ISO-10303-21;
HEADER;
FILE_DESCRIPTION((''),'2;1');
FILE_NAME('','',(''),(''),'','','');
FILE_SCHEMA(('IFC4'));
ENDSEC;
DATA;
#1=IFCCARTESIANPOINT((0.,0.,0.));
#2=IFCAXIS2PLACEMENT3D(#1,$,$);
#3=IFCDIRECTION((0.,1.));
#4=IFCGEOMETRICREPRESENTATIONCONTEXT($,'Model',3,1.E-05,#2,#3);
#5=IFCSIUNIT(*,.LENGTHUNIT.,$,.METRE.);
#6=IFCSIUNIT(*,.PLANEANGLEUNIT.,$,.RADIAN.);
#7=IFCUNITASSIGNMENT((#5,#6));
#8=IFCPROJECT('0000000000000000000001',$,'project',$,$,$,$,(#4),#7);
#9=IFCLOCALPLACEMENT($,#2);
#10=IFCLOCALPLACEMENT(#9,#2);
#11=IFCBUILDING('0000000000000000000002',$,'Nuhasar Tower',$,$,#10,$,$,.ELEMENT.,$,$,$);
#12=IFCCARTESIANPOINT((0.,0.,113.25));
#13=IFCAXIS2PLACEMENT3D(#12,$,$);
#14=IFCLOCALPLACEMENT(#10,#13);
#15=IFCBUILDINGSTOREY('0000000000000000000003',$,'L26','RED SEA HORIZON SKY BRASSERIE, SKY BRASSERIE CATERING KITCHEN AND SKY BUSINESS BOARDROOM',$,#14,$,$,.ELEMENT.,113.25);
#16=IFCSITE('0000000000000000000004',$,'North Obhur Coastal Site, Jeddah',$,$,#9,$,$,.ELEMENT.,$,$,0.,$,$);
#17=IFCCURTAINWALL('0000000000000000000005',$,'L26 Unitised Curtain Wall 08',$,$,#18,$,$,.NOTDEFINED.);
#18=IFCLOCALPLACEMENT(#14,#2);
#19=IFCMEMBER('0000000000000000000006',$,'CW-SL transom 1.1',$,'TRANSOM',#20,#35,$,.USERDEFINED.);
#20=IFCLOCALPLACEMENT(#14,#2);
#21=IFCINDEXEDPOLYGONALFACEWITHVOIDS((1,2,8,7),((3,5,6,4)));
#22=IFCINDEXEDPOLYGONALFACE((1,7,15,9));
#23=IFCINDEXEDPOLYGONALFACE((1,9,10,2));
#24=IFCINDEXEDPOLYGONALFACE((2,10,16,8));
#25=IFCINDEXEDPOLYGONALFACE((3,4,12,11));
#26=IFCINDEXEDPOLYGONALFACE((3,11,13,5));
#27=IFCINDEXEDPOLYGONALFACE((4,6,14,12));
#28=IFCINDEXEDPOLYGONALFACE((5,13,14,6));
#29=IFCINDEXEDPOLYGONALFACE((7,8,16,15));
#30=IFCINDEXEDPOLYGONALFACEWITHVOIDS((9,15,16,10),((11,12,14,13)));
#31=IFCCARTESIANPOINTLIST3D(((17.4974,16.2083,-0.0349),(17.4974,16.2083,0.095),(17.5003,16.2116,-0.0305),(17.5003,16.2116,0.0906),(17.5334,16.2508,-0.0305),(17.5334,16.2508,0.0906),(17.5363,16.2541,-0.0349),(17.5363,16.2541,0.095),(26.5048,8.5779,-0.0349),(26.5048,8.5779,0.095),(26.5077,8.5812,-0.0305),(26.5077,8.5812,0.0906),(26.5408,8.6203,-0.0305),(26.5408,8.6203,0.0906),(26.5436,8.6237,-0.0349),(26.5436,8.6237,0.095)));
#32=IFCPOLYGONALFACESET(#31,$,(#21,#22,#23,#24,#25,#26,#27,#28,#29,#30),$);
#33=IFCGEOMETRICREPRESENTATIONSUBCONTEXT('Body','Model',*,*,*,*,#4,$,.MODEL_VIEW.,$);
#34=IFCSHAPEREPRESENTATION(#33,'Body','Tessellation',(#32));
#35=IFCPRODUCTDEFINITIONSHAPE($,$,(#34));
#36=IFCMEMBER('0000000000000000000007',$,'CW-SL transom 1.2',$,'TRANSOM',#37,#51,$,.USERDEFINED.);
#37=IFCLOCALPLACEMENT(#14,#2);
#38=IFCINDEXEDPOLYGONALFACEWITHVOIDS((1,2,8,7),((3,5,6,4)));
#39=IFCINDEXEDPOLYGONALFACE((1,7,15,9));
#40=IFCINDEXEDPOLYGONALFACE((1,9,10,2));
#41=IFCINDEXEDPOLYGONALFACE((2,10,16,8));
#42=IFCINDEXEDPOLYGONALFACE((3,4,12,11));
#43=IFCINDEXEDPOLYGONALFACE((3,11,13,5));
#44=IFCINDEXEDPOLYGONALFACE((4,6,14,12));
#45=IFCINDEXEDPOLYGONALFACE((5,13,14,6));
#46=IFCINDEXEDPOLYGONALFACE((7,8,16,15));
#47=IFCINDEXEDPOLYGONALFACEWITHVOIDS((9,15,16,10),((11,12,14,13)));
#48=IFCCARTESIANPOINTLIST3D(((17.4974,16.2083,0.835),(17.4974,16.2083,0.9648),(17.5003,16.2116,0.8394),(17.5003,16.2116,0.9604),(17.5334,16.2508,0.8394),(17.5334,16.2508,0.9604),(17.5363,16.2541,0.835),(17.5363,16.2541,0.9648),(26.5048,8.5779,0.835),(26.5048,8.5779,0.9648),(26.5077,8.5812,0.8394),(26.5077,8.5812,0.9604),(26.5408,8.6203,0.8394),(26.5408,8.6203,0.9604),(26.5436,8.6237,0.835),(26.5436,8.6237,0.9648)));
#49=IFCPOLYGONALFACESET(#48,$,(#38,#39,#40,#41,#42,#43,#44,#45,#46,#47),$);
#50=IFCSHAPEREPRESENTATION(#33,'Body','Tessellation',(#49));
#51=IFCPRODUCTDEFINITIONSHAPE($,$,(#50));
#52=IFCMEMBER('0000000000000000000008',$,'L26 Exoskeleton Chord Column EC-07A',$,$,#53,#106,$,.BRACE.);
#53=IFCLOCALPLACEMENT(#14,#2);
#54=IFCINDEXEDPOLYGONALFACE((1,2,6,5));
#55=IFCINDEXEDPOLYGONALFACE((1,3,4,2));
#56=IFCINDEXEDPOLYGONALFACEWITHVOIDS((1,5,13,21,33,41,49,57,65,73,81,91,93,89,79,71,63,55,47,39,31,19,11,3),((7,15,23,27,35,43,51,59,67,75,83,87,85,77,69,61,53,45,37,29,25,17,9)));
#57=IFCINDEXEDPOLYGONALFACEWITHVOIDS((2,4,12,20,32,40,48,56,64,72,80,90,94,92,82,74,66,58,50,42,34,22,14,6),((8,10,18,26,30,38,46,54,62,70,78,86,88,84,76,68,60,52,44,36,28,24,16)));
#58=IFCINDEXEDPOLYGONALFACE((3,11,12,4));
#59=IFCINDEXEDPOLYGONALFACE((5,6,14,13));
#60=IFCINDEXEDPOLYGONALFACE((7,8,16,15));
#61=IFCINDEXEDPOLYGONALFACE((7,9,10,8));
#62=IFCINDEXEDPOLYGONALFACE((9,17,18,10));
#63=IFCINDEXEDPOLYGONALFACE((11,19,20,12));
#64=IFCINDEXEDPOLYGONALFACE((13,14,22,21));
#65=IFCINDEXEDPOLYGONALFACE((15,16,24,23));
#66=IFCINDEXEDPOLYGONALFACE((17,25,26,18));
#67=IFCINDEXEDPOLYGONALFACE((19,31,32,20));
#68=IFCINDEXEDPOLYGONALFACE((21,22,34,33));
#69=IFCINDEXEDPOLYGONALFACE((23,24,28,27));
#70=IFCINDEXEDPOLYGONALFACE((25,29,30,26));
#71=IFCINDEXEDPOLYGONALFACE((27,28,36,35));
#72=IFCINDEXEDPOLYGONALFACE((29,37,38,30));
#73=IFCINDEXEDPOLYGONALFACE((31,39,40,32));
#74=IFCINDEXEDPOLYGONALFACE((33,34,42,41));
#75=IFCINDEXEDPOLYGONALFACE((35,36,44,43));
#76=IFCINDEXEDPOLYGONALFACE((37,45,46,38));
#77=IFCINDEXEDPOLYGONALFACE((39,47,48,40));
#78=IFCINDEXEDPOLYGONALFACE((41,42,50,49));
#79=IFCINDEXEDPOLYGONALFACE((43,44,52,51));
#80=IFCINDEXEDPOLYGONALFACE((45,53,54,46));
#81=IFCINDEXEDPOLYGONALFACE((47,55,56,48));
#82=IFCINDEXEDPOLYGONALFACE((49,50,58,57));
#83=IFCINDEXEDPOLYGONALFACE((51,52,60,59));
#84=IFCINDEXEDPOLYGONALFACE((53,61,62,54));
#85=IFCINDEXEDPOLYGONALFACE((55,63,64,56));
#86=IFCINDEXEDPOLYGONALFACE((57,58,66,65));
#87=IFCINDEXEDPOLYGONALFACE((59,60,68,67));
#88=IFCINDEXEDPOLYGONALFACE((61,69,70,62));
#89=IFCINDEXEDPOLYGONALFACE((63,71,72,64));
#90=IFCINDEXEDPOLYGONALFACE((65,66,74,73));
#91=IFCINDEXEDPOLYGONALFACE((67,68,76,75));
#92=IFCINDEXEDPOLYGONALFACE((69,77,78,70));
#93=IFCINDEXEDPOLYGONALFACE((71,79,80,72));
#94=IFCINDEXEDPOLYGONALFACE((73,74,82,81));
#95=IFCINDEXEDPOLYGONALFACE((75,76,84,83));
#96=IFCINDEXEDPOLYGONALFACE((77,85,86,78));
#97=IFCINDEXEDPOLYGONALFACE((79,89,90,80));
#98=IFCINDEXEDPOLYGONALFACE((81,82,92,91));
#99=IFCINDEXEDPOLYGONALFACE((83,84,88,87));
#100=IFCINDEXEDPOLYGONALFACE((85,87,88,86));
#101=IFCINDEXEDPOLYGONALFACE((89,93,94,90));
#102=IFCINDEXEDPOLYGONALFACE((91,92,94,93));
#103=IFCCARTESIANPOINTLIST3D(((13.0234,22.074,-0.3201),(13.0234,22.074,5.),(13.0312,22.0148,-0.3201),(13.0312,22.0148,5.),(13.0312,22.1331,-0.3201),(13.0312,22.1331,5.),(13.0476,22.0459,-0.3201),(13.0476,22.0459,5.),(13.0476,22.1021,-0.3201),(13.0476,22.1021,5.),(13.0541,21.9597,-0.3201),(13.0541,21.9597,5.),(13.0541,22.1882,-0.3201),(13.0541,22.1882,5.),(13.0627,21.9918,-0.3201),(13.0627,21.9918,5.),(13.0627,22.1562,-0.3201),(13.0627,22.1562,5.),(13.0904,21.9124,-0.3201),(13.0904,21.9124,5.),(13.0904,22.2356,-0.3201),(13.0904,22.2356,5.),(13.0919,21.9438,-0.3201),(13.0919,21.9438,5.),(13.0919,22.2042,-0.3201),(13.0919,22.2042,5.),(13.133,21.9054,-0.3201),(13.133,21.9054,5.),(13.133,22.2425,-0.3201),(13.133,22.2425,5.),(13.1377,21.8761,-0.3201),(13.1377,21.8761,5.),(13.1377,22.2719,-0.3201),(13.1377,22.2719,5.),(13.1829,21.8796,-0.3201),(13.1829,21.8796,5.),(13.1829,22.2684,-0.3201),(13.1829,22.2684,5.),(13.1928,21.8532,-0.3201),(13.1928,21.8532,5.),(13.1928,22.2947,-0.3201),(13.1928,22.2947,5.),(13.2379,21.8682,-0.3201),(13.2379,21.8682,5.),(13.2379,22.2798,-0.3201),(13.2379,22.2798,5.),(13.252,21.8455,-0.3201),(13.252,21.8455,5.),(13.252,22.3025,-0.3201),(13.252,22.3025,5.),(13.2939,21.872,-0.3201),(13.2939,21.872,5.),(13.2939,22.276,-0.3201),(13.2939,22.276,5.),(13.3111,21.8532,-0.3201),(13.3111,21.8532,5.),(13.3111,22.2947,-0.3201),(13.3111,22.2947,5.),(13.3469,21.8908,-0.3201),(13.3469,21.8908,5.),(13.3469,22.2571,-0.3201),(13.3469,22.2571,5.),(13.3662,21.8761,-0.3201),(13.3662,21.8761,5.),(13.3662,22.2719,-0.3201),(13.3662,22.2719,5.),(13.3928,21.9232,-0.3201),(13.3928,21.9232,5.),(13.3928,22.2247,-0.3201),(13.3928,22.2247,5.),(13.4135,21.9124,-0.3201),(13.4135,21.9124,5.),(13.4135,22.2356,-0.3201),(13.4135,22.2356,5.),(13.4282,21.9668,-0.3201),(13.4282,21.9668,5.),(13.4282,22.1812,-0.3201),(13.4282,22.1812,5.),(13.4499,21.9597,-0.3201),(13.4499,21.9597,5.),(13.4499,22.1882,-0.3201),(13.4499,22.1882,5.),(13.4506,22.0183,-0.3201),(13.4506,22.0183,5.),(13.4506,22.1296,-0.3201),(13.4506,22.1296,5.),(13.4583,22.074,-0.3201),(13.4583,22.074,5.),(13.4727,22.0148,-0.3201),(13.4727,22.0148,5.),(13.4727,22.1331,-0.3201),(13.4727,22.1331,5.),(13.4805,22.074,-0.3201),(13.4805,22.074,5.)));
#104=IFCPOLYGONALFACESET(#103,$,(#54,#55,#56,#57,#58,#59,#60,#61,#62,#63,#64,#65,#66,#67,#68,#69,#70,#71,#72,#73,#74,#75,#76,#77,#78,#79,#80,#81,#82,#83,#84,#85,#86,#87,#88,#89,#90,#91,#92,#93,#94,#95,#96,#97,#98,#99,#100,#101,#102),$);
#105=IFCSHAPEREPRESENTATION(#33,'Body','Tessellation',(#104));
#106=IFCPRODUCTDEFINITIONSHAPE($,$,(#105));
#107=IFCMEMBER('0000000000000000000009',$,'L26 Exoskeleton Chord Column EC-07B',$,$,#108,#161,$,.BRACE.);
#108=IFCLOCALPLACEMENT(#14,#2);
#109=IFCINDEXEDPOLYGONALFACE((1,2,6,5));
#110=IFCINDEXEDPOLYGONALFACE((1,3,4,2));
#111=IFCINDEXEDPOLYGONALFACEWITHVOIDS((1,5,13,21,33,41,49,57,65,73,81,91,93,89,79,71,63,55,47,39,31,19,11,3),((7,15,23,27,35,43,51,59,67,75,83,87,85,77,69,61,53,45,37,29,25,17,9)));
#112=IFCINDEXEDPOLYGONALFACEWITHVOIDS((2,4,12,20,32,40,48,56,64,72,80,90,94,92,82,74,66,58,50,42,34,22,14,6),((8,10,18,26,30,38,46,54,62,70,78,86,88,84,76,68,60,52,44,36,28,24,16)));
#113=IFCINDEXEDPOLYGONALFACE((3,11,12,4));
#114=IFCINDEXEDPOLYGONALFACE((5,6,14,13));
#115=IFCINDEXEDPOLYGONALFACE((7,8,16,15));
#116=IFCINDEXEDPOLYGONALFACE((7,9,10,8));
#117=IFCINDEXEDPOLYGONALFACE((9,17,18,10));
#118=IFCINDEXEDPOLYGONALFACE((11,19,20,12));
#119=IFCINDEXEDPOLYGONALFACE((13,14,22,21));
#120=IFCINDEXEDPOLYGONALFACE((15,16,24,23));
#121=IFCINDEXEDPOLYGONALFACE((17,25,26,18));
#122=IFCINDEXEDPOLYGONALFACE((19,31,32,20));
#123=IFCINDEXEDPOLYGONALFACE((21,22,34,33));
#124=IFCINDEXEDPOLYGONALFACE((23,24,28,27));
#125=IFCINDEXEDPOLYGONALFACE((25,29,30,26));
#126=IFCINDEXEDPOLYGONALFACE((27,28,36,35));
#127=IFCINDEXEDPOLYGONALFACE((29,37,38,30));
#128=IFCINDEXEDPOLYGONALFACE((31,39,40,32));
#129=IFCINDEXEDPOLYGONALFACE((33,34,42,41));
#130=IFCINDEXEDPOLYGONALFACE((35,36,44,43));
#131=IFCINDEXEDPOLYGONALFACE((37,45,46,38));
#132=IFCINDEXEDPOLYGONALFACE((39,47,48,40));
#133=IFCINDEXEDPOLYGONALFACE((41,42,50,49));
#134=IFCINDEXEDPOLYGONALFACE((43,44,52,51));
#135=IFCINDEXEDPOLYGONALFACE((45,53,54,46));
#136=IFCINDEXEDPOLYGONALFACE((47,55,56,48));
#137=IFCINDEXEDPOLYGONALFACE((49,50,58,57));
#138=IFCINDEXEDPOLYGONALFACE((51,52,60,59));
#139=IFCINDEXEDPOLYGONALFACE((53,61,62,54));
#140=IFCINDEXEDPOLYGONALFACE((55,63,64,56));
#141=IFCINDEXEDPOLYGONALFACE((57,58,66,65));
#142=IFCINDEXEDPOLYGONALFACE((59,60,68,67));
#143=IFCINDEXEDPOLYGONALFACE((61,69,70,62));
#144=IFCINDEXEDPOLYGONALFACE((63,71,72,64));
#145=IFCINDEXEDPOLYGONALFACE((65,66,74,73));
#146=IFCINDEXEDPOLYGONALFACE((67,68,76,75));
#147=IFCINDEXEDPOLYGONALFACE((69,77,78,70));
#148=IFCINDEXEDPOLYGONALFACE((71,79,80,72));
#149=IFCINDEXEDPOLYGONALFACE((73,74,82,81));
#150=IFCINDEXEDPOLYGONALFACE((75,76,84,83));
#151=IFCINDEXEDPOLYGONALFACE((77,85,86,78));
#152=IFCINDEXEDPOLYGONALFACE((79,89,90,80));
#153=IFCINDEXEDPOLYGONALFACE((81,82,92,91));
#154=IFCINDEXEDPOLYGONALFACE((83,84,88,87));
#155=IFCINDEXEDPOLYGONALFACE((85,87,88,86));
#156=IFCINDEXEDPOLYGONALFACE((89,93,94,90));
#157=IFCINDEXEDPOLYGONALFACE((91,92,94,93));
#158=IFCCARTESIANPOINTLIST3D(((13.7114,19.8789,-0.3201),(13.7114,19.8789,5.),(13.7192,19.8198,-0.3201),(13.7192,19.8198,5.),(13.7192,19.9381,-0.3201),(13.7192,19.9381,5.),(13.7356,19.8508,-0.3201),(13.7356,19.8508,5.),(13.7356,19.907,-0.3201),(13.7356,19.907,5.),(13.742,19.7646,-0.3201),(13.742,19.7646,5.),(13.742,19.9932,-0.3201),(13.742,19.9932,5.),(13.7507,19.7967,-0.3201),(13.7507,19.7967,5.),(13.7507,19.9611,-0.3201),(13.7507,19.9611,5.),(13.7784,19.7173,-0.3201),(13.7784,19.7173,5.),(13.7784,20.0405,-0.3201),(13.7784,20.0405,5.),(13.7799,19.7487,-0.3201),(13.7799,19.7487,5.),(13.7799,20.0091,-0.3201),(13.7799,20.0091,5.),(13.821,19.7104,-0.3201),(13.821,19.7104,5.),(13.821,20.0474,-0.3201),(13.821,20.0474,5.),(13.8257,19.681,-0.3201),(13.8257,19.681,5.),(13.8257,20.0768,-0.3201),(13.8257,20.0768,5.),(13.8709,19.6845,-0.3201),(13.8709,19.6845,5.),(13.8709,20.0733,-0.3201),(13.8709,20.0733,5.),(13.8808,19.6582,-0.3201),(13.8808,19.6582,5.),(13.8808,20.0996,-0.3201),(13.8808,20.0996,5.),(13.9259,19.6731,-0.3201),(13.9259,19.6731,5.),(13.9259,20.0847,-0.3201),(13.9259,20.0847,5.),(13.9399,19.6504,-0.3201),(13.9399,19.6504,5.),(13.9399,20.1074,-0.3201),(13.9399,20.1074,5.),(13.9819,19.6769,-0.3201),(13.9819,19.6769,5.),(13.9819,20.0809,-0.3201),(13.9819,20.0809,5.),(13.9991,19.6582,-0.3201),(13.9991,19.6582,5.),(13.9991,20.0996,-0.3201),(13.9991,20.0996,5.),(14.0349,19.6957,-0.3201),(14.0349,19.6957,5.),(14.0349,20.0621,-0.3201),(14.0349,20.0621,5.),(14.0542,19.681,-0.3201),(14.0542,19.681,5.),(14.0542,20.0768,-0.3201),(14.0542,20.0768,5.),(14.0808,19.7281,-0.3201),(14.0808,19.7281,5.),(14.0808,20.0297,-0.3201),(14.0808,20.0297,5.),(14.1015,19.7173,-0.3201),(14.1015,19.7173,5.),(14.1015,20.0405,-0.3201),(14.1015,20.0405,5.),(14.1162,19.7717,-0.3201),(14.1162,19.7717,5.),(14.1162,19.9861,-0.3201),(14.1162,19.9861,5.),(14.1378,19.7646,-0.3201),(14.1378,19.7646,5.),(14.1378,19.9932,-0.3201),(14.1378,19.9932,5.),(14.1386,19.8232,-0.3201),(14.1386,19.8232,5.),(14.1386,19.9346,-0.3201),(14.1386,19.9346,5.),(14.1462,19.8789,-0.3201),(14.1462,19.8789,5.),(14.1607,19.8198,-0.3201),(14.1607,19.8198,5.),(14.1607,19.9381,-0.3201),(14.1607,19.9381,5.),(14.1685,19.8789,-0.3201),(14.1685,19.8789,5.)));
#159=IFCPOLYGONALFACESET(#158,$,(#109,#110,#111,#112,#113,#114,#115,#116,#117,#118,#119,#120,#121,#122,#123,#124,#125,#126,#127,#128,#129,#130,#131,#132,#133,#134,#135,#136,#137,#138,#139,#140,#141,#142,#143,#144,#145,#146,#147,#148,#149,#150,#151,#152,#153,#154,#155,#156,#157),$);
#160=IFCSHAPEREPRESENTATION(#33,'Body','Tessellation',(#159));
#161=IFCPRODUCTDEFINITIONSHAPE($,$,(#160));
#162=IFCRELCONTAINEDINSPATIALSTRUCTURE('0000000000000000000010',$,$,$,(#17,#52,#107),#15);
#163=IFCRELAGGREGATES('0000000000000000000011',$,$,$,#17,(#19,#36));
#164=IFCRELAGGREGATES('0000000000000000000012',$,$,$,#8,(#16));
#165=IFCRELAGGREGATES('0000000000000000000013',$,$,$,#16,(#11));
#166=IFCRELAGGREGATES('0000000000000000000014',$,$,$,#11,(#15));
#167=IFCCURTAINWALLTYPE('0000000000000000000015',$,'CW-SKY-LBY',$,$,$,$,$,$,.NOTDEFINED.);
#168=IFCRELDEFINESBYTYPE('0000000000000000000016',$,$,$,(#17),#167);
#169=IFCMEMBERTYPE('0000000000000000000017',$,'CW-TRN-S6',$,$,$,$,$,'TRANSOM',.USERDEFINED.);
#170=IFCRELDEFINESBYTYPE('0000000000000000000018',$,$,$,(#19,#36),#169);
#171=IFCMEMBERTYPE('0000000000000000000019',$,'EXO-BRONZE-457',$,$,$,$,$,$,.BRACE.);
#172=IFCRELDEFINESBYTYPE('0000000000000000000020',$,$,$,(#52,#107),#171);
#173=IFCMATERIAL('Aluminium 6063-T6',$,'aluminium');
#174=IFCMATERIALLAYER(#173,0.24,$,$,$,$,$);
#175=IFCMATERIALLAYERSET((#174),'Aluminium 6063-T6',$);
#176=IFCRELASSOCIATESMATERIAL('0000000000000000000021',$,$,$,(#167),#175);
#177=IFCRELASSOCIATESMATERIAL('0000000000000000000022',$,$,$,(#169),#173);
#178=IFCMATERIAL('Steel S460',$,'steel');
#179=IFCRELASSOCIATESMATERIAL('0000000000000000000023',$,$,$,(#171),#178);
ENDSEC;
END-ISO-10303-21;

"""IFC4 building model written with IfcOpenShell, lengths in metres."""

from ifc_helpers import new_model, si_unit, direction, frame, origin, origin_2d, place, context, subcontext, project, spatial, hollow_rectangle, hollow_circle, extrude, material, layer, layer_set, material_profile, profile_set, type_object, element, aggregate, save


model = new_model("IFC4")

# Units and contexts
model_context = context("Model", 3, precision=1e-05, world=origin(), true_north=direction((0.0, 1.0)))
body_context = subcontext(model_context, "Body", "Model", "MODEL_VIEW")
ifc_project = project(units=[si_unit("LENGTHUNIT", "METRE"), si_unit("PLANEANGLEUNIT", "RADIAN")], contexts=[model_context])

# Site, building, storey
site_placement = place(None, origin())
site = spatial("IfcSite", under=ifc_project, at=site_placement, Name="North Obhur Coastal Site, Jeddah", CompositionType="ELEMENT", RefElevation=0.0)
building_placement = place(site_placement, origin())
building = spatial("IfcBuilding", under=site, at=building_placement, Name="Nuhasar Tower", CompositionType="ELEMENT")
storey_placement = place(building_placement, frame((0.0, 0.0, 113.25)))
storey = spatial("IfcBuildingStorey", under=building, at=storey_placement, Name="L26", Description="RED SEA HORIZON SKY BRASSERIE, SKY BRASSERIE CATERING KITCHEN AND SKY BUSINESS BOARDROOM", CompositionType="ELEMENT", Elevation=113.25)

# Shared definitions
ifc_material_1 = material(Name="Steel S460", Category="steel")

# Shared definitions
ifc_material_2 = material(Name="Aluminium 6063-T6", Category="aluminium")
ifc_layer_1 = layer(ifc_material_2, 0.24)
ifc_layer_set_1 = layer_set([ifc_layer_1], Name="Aluminium 6063-T6")
curtain_wall_type = type_object("IfcCurtainWallType", Name="CW-SKY-LBY", PredefinedType="NOTDEFINED", material=ifc_layer_set_1)

# Curtain wall, members
curtain_wall_1_placement = place(storey_placement, origin())
curtain_wall_1 = element("IfcCurtainWall", 1, at=curtain_wall_1_placement, inside=storey, type_object=curtain_wall_type, Name="L26 Unitised Curtain Wall 08", PredefinedType="NOTDEFINED")
ifc_material_profile_1 = material_profile(ifc_material_2, hollow_rectangle(XDim=0.0601, YDim=0.1299, WallThickness=0.0044, at=origin_2d()), Name="CWT-6")
ifc_profile_set_1 = profile_set([ifc_material_profile_1], Name="Aluminium 6063-T6")
member_type_1 = type_object("IfcMemberType", Name="CW-TRN-S6", ElementType="TRANSOM", PredefinedType="USERDEFINED", material=ifc_profile_set_1)
member_1_placement = place(storey_placement, frame((17.5168, 16.2312, 0.03), z_axis=(0.763019, -0.646376, 0.0), x_axis=(0.646376, 0.763019, 0.0)))
member_1 = element("IfcMember", 2, at=member_1_placement, type_object=member_type_1, Name="CW-SL transom 1.1", ObjectType="TRANSOM", PredefinedType="USERDEFINED", context=body_context, shape_type="SweptSolid", body=[
    extrude(hollow_rectangle(XDim=0.0601, YDim=0.1299, WallThickness=0.0044, at=origin_2d()), origin(), (0.0, 0.0, 1.0), 11.8049),
])
member_2_placement = place(storey_placement, frame((17.5168, 16.2312, 0.8999), z_axis=(0.763019, -0.646376, 0.0), x_axis=(0.646376, 0.763019, 0.0)))
member_2 = element("IfcMember", 3, at=member_2_placement, type_object=member_type_1, Name="CW-SL transom 1.2", ObjectType="TRANSOM", PredefinedType="USERDEFINED", context=body_context, shape_type="SweptSolid", body=[
    extrude(hollow_rectangle(XDim=0.0601, YDim=0.1299, WallThickness=0.0044, at=origin_2d()), origin(), (0.0, 0.0, 1.0), 11.8049),
])
aggregate(curtain_wall_1, [member_1, member_2])

# Members
ifc_material_profile_2 = material_profile(ifc_material_1, hollow_circle(Radius=0.2285, WallThickness=0.0222, at=origin_2d()), Name="HSS457X22.2")
ifc_profile_set_2 = profile_set([ifc_material_profile_2], Name="Steel S460")
member_type_2 = type_object("IfcMemberType", Name="EXO-BRONZE-457", PredefinedType="BRACE", material=ifc_profile_set_2)
for number, where, z_axis, x_axis, name in (
    (4, (13.252, 22.074, -0.3201), (0.0, 0.0, 1.0), (1.0, 0.0, 0.0), "L26 Exoskeleton Chord Column EC-07A"),
    (5, (13.9399, 19.8789, -0.3201), (0.0, 0.0, 1.0), (1.0, 0.0, 0.0), "L26 Exoskeleton Chord Column EC-07B"),
):
    element("IfcMember", number, at=place(storey_placement, frame(where, z_axis=z_axis, x_axis=x_axis)), inside=storey, type_object=member_type_2, Name=name, PredefinedType="BRACE", context=body_context, shape_type="SweptSolid", body=[
        extrude(hollow_circle(Radius=0.2285, WallThickness=0.0222, at=origin_2d()), origin(), (0.0, 0.0, 1.0), 5.3201),
    ])

save(model, "model.ifc")
